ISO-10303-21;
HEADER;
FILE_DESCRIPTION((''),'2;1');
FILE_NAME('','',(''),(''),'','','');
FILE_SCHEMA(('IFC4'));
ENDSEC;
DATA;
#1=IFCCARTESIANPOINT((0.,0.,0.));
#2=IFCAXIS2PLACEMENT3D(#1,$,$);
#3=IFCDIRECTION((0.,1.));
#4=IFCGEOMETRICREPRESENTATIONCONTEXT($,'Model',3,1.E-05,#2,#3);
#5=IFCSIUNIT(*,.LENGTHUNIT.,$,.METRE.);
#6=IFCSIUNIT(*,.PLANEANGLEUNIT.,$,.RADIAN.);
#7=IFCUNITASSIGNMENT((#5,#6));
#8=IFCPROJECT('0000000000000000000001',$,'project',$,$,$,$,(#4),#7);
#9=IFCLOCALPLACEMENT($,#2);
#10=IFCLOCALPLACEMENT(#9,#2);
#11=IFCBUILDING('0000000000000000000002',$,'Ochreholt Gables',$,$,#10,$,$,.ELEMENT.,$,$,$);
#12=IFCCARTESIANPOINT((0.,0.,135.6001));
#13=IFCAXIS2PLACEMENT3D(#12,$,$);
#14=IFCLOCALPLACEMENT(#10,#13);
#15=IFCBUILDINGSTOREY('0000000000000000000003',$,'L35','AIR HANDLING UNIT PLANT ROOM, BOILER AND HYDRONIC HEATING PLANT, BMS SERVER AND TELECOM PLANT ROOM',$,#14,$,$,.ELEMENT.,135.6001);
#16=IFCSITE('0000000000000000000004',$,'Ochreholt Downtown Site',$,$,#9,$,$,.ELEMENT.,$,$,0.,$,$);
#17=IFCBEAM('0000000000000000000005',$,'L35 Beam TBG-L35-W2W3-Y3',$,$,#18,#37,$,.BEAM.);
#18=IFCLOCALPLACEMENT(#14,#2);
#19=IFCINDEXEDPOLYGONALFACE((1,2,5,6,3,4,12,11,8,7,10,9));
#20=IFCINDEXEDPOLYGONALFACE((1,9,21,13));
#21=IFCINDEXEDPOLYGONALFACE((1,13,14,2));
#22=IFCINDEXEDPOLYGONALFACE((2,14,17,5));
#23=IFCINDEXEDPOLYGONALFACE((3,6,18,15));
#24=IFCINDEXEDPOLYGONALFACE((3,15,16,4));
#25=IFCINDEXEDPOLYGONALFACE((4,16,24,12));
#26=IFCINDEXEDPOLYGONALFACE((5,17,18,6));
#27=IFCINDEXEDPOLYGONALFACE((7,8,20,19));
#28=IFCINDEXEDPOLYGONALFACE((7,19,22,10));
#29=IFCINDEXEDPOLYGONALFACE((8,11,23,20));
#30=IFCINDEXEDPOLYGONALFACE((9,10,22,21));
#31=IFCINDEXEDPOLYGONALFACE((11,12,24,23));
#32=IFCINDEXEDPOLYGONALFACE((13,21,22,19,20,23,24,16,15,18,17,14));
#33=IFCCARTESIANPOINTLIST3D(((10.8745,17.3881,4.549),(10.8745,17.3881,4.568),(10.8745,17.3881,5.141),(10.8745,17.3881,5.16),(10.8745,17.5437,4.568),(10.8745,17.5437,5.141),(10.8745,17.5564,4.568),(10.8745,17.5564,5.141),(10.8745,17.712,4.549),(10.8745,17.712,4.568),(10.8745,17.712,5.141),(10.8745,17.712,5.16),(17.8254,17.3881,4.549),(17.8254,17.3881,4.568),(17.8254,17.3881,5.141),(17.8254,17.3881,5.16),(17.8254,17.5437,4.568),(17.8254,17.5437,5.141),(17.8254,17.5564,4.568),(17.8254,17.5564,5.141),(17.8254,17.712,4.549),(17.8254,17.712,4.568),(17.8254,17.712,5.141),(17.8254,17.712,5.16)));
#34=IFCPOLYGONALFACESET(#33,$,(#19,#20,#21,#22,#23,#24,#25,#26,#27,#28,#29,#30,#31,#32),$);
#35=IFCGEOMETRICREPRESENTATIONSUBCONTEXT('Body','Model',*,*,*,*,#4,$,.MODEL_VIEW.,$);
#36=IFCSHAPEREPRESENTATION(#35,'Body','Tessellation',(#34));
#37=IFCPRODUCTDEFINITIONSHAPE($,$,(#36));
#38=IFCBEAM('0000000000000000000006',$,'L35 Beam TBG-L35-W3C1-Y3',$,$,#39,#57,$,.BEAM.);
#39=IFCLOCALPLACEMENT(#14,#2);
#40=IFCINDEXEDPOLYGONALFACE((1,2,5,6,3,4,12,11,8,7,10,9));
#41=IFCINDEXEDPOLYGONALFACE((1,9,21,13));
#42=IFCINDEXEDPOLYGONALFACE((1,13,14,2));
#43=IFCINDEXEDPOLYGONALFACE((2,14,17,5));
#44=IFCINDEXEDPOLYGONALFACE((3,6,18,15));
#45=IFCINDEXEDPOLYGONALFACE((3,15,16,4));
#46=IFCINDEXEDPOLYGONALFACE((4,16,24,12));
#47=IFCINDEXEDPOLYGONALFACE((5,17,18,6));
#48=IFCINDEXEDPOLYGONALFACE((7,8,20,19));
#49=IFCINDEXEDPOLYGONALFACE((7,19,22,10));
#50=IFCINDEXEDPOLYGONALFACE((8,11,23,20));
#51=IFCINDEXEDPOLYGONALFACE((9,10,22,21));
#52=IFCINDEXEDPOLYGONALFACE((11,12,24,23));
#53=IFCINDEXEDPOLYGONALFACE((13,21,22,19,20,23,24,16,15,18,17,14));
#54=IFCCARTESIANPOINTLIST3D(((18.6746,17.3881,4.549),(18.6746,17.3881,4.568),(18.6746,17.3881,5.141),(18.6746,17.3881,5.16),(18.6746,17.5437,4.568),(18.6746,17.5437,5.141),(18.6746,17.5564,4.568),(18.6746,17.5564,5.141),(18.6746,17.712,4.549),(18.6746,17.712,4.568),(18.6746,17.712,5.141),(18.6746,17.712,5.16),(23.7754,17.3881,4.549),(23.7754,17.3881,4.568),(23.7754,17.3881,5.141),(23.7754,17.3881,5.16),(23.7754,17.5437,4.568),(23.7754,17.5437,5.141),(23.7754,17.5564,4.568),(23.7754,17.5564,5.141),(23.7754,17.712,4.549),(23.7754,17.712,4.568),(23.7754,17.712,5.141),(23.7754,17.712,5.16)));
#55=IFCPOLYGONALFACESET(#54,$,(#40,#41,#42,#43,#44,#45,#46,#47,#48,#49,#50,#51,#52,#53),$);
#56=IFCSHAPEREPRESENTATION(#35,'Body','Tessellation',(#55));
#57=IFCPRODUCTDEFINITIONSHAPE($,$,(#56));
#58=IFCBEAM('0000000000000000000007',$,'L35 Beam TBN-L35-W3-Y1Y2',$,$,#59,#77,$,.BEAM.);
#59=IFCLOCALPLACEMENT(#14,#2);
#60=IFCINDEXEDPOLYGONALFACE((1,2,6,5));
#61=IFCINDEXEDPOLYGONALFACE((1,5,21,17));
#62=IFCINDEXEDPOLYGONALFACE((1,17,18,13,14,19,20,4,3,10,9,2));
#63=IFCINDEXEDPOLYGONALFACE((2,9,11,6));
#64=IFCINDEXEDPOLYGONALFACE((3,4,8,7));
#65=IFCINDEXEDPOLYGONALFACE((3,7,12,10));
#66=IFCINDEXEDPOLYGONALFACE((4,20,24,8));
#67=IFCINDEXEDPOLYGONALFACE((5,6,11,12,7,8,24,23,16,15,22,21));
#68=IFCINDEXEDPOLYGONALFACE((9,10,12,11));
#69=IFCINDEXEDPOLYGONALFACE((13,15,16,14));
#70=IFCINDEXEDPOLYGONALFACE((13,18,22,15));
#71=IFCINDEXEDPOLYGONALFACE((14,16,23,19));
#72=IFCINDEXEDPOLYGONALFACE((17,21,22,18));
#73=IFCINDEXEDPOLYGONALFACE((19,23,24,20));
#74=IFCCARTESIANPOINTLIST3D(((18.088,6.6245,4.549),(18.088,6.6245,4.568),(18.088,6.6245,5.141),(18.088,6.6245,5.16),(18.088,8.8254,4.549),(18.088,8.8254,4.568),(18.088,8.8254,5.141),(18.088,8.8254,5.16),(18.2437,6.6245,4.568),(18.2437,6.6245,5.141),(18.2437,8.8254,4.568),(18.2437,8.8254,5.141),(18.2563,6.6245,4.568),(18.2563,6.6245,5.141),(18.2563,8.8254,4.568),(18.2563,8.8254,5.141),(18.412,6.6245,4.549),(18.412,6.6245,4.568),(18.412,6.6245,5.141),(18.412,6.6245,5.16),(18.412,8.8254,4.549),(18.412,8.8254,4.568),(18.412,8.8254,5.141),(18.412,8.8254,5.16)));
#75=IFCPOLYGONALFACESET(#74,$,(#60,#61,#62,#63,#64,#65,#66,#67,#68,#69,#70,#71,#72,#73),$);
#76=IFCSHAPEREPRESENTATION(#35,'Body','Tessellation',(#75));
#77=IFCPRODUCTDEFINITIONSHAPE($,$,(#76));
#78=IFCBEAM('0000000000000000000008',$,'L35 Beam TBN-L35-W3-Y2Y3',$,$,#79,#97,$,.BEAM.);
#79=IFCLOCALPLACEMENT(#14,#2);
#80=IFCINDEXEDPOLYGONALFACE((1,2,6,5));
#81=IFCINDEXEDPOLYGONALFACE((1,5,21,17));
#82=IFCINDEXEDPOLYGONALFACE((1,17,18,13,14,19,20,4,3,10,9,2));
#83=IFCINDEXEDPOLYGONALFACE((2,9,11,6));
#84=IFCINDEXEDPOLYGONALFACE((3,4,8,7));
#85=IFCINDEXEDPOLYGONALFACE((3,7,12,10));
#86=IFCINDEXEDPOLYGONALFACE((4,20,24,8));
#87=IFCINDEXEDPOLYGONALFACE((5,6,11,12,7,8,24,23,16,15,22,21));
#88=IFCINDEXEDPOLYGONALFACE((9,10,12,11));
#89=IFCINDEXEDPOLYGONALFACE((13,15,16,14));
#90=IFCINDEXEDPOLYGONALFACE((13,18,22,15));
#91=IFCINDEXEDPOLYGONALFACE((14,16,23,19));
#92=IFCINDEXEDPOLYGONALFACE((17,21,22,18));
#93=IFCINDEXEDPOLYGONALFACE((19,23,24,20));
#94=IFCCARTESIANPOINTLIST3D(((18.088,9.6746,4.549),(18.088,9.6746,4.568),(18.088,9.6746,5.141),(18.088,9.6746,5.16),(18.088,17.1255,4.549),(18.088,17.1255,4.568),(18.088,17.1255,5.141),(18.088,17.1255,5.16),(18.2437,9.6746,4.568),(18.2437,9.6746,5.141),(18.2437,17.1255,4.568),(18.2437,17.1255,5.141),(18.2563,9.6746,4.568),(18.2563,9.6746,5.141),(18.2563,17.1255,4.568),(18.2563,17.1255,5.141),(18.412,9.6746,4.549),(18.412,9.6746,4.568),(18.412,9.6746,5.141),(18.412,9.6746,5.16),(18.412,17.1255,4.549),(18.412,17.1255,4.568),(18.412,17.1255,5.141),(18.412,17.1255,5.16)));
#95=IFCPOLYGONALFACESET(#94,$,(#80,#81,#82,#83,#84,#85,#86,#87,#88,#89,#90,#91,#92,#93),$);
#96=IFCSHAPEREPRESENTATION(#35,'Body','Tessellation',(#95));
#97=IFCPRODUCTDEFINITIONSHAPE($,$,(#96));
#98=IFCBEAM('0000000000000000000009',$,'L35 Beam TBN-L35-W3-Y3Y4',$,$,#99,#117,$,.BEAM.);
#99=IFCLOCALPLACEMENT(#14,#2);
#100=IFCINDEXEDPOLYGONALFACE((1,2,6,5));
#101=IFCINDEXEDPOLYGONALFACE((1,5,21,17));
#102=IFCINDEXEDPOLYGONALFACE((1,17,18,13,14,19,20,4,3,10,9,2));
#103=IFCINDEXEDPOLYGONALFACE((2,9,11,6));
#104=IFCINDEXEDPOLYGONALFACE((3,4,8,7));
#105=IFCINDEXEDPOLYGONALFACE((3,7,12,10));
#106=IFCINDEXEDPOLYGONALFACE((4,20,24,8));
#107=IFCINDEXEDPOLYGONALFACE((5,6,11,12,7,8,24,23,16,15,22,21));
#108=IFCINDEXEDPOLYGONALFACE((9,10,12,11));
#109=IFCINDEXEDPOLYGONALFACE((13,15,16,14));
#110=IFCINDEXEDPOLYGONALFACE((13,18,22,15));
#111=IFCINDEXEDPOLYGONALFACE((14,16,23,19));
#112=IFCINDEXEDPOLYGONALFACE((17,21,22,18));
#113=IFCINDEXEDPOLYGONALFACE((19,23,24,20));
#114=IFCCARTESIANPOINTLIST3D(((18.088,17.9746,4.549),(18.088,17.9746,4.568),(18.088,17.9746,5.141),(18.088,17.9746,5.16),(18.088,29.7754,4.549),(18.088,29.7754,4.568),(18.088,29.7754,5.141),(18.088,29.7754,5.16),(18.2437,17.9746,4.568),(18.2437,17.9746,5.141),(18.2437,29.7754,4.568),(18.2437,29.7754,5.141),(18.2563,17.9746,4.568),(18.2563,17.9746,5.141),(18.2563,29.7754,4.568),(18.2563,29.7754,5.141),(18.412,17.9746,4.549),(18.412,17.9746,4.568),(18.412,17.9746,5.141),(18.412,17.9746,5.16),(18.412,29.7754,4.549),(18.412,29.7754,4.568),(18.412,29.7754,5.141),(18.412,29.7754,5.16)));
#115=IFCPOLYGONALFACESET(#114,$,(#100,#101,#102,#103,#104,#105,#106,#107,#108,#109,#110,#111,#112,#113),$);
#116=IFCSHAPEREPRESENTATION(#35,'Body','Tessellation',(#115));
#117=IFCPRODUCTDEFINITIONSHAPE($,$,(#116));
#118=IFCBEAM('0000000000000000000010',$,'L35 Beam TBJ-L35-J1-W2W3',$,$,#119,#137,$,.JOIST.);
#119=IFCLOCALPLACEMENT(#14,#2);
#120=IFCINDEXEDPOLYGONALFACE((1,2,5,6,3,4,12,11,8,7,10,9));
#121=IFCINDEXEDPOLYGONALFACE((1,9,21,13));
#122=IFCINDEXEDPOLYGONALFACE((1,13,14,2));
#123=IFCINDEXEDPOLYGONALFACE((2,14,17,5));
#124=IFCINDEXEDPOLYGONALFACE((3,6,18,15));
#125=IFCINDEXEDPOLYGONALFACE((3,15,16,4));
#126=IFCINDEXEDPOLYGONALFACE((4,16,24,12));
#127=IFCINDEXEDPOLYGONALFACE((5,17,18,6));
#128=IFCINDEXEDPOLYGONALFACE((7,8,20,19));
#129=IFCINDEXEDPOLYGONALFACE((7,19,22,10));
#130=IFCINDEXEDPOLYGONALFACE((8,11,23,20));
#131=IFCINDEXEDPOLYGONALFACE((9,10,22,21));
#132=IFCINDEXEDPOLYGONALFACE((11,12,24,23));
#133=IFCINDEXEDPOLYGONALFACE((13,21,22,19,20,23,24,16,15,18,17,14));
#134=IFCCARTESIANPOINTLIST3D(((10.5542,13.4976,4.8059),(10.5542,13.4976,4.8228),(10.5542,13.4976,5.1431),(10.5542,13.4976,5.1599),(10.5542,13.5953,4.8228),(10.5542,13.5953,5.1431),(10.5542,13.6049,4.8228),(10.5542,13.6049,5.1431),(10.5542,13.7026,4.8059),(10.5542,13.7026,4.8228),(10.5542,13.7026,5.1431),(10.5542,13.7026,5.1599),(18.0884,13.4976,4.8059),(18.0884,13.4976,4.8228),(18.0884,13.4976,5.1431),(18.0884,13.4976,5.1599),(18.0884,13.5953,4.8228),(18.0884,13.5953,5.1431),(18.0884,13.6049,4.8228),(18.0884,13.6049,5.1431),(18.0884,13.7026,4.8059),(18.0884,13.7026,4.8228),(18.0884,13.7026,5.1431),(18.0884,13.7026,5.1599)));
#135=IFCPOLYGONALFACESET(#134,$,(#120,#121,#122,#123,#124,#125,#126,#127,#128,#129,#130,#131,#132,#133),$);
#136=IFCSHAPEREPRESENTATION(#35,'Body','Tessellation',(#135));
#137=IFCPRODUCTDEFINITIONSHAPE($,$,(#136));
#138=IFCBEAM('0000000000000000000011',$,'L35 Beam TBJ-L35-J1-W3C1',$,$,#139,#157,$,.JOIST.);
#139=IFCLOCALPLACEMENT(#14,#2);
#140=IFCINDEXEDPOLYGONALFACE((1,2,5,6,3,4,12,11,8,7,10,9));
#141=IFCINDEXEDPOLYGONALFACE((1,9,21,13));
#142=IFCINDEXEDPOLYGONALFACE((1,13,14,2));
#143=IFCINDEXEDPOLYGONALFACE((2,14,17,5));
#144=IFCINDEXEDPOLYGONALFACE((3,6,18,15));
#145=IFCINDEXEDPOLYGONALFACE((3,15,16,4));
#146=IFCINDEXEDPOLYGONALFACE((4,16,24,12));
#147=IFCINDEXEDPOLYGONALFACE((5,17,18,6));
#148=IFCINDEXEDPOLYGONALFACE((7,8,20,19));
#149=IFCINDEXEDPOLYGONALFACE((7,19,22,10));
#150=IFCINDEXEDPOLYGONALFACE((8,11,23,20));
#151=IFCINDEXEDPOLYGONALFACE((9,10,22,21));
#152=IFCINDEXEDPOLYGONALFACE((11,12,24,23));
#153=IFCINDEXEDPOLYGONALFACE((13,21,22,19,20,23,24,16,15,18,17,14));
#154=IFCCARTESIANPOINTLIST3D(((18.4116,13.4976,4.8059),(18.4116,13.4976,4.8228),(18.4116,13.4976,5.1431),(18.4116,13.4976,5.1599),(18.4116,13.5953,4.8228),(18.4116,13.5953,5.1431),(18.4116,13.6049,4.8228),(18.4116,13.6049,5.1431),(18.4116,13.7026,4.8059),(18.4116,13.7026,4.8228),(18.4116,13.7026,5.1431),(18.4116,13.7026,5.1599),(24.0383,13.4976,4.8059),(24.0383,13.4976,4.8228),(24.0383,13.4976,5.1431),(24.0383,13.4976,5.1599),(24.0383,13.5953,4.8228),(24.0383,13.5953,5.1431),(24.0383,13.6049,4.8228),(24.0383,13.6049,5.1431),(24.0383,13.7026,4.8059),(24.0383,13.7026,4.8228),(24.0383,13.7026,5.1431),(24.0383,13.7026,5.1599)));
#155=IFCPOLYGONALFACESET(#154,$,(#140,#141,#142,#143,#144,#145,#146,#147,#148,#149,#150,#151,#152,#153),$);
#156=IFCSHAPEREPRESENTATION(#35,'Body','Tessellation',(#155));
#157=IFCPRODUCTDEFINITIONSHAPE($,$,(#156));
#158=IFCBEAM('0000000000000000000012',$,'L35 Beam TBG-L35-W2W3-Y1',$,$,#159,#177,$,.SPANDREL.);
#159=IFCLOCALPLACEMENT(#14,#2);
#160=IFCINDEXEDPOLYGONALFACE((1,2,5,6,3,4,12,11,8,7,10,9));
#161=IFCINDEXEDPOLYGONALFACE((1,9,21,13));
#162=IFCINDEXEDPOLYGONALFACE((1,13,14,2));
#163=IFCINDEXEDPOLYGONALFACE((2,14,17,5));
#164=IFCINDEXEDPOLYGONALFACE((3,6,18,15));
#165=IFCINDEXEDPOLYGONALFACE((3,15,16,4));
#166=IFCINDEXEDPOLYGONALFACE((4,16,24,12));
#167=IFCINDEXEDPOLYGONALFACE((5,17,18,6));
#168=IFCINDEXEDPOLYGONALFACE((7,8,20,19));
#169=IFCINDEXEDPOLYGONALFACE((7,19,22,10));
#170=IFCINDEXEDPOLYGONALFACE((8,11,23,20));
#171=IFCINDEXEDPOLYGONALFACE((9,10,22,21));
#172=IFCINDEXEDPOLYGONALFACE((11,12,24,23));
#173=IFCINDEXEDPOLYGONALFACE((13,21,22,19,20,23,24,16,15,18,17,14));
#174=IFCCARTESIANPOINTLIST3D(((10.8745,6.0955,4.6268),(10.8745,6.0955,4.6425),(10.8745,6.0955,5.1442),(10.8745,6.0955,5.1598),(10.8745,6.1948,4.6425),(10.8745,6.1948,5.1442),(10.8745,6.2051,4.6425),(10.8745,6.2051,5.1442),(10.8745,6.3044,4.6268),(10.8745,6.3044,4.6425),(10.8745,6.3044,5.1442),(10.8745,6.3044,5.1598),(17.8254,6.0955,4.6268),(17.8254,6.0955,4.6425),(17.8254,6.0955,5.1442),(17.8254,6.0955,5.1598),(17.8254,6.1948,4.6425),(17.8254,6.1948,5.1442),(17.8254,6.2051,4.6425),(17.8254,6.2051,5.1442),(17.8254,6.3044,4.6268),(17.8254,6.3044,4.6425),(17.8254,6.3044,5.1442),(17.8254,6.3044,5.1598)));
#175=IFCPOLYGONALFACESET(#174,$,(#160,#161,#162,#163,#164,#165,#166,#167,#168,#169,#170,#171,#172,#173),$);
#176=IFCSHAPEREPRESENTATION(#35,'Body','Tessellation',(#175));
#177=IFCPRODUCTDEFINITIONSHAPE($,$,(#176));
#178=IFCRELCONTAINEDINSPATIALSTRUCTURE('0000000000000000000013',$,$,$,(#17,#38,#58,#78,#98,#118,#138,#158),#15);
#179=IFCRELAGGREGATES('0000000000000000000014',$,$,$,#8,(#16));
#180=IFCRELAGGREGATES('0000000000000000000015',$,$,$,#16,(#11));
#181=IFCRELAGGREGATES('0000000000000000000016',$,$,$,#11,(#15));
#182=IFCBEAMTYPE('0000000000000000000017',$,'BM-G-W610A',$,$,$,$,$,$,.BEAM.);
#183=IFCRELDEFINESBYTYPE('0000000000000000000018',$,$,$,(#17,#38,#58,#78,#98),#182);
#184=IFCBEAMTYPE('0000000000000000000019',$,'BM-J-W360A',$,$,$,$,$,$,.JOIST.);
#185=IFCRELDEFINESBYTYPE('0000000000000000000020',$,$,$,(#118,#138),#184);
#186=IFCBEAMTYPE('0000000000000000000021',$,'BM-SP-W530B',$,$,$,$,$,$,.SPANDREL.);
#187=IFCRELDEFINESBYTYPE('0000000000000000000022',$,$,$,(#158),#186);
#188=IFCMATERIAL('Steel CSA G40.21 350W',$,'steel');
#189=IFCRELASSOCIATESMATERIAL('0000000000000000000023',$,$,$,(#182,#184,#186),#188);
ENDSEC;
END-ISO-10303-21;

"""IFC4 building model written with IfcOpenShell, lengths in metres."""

from ifc_helpers import new_model, si_unit, direction, frame, origin, origin_2d, place, context, subcontext, project, spatial, i_section, extrude, material, material_profile, profile_set, type_object, element, save


model = new_model("IFC4")

# Units and contexts
model_context = context("Model", 3, precision=1e-05, world=origin(), true_north=direction((0.0, 1.0)))
body_context = subcontext(model_context, "Body", "Model", "MODEL_VIEW")
ifc_project = project(units=[si_unit("LENGTHUNIT", "METRE"), si_unit("PLANEANGLEUNIT", "RADIAN")], contexts=[model_context])

# Site, building, storey
site_placement = place(None, origin())
site = spatial("IfcSite", under=ifc_project, at=site_placement, Name="Ochreholt Downtown Site", CompositionType="ELEMENT", RefElevation=0.0)
building_placement = place(site_placement, origin())
building = spatial("IfcBuilding", under=site, at=building_placement, Name="Ochreholt Gables", CompositionType="ELEMENT")
storey_placement = place(building_placement, frame((0.0, 0.0, 135.6001)))
storey = spatial("IfcBuildingStorey", under=building, at=storey_placement, Name="L35", Description="AIR HANDLING UNIT PLANT ROOM, BOILER AND HYDRONIC HEATING PLANT, BMS SERVER AND TELECOM PLANT ROOM", CompositionType="ELEMENT", Elevation=135.6001)

# Beams
ifc_material_1 = material(Name="Steel CSA G40.21 350W", Category="steel")
ifc_material_profile_1 = material_profile(ifc_material_1, i_section(OverallWidth=0.324, OverallDepth=0.6111, WebThickness=0.0127, FlangeThickness=0.019, at=origin_2d()), Name="W610X155")
ifc_profile_set_1 = profile_set([ifc_material_profile_1], Name="Steel CSA G40.21 350W")
beam_type_1 = type_object("IfcBeamType", Name="BM-G-W610A", PredefinedType="BEAM", material=ifc_profile_set_1)
beam_1_placement = place(storey_placement, frame((10.8745, 17.55, 4.8545), z_axis=(1.0, 0.0, 0.0), x_axis=(0.0, 1.0, 0.0)))
element("IfcBeam", 1, at=beam_1_placement, inside=storey, type_object=beam_type_1, Name="L35 Beam TBG-L35-W2W3-Y3", PredefinedType="BEAM", context=body_context, shape_type="SweptSolid", body=[
    extrude(i_section(OverallWidth=0.324, OverallDepth=0.6111, WebThickness=0.0127, FlangeThickness=0.019, at=origin_2d()), origin(), (0.0, 0.0, 1.0), 6.9509),
])
beam_2_placement = place(storey_placement, frame((18.6746, 17.55, 4.8545), z_axis=(1.0, 0.0, 0.0), x_axis=(0.0, 1.0, 0.0)))
element("IfcBeam", 2, at=beam_2_placement, inside=storey, type_object=beam_type_1, Name="L35 Beam TBG-L35-W3C1-Y3", PredefinedType="BEAM", context=body_context, shape_type="SweptSolid", body=[
    extrude(i_section(OverallWidth=0.324, OverallDepth=0.6111, WebThickness=0.0127, FlangeThickness=0.019, at=origin_2d()), origin(), (0.0, 0.0, 1.0), 5.1008),
])
beam_3_placement = place(storey_placement, frame((18.25, 6.6245, 4.8545), z_axis=(0.0, 1.0, 0.0), x_axis=(-1.0, 0.0, 0.0)))
element("IfcBeam", 3, at=beam_3_placement, inside=storey, type_object=beam_type_1, Name="L35 Beam TBN-L35-W3-Y1Y2", PredefinedType="BEAM", context=body_context, shape_type="SweptSolid", body=[
    extrude(i_section(OverallWidth=0.324, OverallDepth=0.6111, WebThickness=0.0127, FlangeThickness=0.019, at=origin_2d()), origin(), (0.0, 0.0, 1.0), 2.2009),
])
beam_4_placement = place(storey_placement, frame((18.25, 9.6746, 4.8545), z_axis=(0.0, 1.0, 0.0), x_axis=(-1.0, 0.0, 0.0)))
element("IfcBeam", 4, at=beam_4_placement, inside=storey, type_object=beam_type_1, Name="L35 Beam TBN-L35-W3-Y2Y3", PredefinedType="BEAM", context=body_context, shape_type="SweptSolid", body=[
    extrude(i_section(OverallWidth=0.324, OverallDepth=0.6111, WebThickness=0.0127, FlangeThickness=0.019, at=origin_2d()), origin(), (0.0, 0.0, 1.0), 7.4509),
])
beam_5_placement = place(storey_placement, frame((18.25, 17.9746, 4.8545), z_axis=(0.0, 1.0, 0.0), x_axis=(-1.0, 0.0, 0.0)))
element("IfcBeam", 5, at=beam_5_placement, inside=storey, type_object=beam_type_1, Name="L35 Beam TBN-L35-W3-Y3Y4", PredefinedType="BEAM", context=body_context, shape_type="SweptSolid", body=[
    extrude(i_section(OverallWidth=0.324, OverallDepth=0.6111, WebThickness=0.0127, FlangeThickness=0.019, at=origin_2d()), origin(), (0.0, 0.0, 1.0), 11.8008),
])
ifc_material_profile_2 = material_profile(ifc_material_1, i_section(OverallWidth=0.2051, OverallDepth=0.354, WebThickness=0.0095, FlangeThickness=0.0168, at=origin_2d()), Name="W360X79")
ifc_profile_set_2 = profile_set([ifc_material_profile_2], Name="Steel CSA G40.21 350W")
beam_type_2 = type_object("IfcBeamType", Name="BM-J-W360A", PredefinedType="JOIST", material=ifc_profile_set_2)
beam_6_placement = place(storey_placement, frame((10.5542, 13.6001, 4.9829), z_axis=(1.0, 0.0, 0.0), x_axis=(0.0, 1.0, 0.0)))
element("IfcBeam", 6, at=beam_6_placement, inside=storey, type_object=beam_type_2, Name="L35 Beam TBJ-L35-J1-W2W3", PredefinedType="JOIST", context=body_context, shape_type="SweptSolid", body=[
    extrude(i_section(OverallWidth=0.2051, OverallDepth=0.354, WebThickness=0.0095, FlangeThickness=0.0168, at=origin_2d()), origin(), (0.0, 0.0, 1.0), 7.5342),
])
beam_7_placement = place(storey_placement, frame((18.4116, 13.6001, 4.9829), z_axis=(1.0, 0.0, 0.0), x_axis=(0.0, 1.0, 0.0)))
element("IfcBeam", 7, at=beam_7_placement, inside=storey, type_object=beam_type_2, Name="L35 Beam TBJ-L35-J1-W3C1", PredefinedType="JOIST", context=body_context, shape_type="SweptSolid", body=[
    extrude(i_section(OverallWidth=0.2051, OverallDepth=0.354, WebThickness=0.0095, FlangeThickness=0.0168, at=origin_2d()), origin(), (0.0, 0.0, 1.0), 5.6267),
])
ifc_material_profile_3 = material_profile(ifc_material_1, i_section(OverallWidth=0.209, OverallDepth=0.533, WebThickness=0.0103, FlangeThickness=0.0156, at=origin_2d()), Name="W530X92")
ifc_profile_set_3 = profile_set([ifc_material_profile_3], Name="Steel CSA G40.21 350W")
beam_type_3 = type_object("IfcBeamType", Name="BM-SP-W530B", PredefinedType="SPANDREL", material=ifc_profile_set_3)
beam_8_placement = place(storey_placement, frame((10.8745, 6.2, 4.8933), z_axis=(1.0, 0.0, 0.0), x_axis=(0.0, 1.0, 0.0)))
element("IfcBeam", 8, at=beam_8_placement, inside=storey, type_object=beam_type_3, Name="L35 Beam TBG-L35-W2W3-Y1", PredefinedType="SPANDREL", context=body_context, shape_type="SweptSolid", body=[
    extrude(i_section(OverallWidth=0.209, OverallDepth=0.533, WebThickness=0.0103, FlangeThickness=0.0156, at=origin_2d()), origin(), (0.0, 0.0, 1.0), 6.9509),
])

save(model, "model.ifc")
